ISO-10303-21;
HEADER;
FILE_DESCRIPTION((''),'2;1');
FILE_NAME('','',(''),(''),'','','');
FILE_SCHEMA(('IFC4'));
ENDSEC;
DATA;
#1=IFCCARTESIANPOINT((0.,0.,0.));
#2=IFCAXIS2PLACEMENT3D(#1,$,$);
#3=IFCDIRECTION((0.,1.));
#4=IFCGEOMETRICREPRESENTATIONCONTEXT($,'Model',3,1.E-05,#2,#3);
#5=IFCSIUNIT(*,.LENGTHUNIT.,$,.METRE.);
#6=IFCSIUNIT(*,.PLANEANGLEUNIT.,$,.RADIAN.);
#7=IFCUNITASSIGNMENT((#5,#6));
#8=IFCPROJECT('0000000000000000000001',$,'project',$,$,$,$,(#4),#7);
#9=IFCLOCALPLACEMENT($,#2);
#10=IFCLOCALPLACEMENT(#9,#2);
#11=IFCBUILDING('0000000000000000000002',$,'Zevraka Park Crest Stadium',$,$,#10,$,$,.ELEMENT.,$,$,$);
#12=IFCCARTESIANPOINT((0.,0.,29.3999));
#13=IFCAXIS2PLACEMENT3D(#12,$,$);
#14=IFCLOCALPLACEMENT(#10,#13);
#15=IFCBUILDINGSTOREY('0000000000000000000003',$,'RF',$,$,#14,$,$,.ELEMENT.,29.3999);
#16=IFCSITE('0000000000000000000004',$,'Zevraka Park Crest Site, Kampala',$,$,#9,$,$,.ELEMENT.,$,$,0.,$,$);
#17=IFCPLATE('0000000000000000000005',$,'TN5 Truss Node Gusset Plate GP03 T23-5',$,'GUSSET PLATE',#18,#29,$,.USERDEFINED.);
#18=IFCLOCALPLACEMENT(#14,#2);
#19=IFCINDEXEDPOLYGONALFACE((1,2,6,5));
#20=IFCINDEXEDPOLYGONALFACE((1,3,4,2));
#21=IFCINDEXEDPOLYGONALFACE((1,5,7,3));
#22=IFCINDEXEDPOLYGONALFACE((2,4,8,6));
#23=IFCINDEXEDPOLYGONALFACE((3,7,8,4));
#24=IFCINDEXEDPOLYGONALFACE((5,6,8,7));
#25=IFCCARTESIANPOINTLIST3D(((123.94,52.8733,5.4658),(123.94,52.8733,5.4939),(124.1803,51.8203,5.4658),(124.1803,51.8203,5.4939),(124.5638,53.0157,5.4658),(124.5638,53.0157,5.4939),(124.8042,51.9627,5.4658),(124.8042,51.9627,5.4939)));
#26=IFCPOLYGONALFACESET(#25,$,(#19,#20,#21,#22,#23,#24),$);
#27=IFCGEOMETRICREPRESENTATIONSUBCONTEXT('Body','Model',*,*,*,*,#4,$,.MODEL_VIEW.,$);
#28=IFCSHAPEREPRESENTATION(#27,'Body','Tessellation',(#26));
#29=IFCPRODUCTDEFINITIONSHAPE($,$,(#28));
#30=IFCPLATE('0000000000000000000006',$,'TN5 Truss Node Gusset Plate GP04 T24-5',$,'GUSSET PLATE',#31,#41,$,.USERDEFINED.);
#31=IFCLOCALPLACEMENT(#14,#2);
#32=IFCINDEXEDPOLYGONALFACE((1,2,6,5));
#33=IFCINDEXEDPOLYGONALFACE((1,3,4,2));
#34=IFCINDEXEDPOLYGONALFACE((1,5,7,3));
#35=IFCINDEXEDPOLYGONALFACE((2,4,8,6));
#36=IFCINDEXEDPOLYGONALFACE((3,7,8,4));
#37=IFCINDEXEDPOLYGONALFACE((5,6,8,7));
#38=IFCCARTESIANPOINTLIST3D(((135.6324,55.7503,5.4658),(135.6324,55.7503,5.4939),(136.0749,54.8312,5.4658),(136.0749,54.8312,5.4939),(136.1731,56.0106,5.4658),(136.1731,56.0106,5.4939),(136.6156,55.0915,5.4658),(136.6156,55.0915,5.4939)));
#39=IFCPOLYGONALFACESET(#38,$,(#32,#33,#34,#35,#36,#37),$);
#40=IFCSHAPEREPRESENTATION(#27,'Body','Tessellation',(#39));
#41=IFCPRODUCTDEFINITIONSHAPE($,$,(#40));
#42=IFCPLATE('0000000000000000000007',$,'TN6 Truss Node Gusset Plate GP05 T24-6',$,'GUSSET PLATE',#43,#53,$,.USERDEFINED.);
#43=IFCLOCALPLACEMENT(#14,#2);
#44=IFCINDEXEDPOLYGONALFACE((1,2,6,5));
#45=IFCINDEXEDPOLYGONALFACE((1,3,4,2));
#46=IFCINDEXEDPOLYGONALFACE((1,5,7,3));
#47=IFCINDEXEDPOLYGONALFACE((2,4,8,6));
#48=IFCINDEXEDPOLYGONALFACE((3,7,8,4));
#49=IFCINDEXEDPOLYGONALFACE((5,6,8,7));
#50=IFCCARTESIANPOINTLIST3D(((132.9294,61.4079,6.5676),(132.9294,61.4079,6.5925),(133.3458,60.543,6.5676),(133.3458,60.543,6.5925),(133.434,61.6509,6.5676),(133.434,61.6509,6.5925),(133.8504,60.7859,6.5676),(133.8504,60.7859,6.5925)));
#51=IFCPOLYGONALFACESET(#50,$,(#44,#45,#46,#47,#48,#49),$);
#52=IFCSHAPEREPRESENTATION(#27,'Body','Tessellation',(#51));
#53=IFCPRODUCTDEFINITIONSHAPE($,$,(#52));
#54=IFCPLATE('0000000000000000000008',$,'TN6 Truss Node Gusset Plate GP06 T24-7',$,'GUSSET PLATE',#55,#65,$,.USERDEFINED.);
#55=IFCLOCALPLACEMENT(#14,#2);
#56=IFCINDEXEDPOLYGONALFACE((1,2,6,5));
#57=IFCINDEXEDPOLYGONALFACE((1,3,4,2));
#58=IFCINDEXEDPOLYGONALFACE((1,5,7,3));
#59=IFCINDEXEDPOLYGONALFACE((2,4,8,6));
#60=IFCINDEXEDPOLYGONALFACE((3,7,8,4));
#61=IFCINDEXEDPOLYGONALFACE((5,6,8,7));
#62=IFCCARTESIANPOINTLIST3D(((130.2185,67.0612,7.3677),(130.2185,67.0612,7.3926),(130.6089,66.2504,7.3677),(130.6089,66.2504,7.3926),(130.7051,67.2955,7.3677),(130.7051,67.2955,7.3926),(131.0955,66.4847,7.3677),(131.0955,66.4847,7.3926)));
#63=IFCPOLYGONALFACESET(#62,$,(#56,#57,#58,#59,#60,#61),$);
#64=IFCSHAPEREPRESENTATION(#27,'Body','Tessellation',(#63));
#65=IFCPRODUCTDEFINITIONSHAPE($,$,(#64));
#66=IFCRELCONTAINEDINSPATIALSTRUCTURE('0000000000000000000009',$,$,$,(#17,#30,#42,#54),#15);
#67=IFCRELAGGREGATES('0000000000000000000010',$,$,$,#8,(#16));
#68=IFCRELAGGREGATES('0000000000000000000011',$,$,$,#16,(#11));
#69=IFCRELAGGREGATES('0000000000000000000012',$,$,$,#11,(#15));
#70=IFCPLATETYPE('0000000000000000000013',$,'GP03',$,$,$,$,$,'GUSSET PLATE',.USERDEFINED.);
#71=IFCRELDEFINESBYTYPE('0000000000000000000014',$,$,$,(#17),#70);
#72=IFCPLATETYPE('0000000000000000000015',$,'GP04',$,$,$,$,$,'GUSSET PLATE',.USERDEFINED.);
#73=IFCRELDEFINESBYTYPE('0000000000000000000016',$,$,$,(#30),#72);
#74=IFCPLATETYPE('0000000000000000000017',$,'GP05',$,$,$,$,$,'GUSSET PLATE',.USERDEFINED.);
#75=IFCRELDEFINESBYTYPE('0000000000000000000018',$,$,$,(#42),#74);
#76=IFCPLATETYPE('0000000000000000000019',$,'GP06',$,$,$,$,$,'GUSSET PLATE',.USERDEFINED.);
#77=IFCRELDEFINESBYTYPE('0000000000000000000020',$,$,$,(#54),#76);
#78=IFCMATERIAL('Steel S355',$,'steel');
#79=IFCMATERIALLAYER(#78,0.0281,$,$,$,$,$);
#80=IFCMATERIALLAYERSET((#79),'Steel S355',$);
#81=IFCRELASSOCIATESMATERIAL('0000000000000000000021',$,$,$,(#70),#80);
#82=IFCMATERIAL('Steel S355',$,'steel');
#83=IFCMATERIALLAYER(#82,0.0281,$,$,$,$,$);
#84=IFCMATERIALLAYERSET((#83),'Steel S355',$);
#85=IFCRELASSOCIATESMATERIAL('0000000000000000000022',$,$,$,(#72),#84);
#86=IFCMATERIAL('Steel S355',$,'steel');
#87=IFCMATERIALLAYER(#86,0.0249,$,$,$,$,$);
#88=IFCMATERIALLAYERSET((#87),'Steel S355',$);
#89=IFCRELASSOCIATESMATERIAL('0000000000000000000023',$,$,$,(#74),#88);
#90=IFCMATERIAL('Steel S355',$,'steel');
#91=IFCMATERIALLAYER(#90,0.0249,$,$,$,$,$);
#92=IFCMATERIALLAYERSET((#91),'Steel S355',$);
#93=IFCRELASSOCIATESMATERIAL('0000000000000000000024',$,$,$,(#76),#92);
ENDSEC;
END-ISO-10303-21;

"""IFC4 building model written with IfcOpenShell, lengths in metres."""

from ifc_helpers import new_model, si_unit, direction, frame, origin, origin_2d, place, context, subcontext, project, spatial, rectangle, extrude, material, layer, layer_set, type_object, element, save


model = new_model("IFC4")

# Units and contexts
model_context = context("Model", 3, precision=1e-05, world=origin(), true_north=direction((0.0, 1.0)))
body_context = subcontext(model_context, "Body", "Model", "MODEL_VIEW")
ifc_project = project(units=[si_unit("LENGTHUNIT", "METRE"), si_unit("PLANEANGLEUNIT", "RADIAN")], contexts=[model_context])

# Site, building, storey
site_placement = place(None, origin())
site = spatial("IfcSite", under=ifc_project, at=site_placement, Name="Zevraka Park Crest Site, Kampala", CompositionType="ELEMENT", RefElevation=0.0)
building_placement = place(site_placement, origin())
building = spatial("IfcBuilding", under=site, at=building_placement, Name="Zevraka Park Crest Stadium", CompositionType="ELEMENT")
storey_placement = place(building_placement, frame((0.0, 0.0, 29.3999)))
storey = spatial("IfcBuildingStorey", under=building, at=storey_placement, Name="RF", CompositionType="ELEMENT", Elevation=29.3999)

# Plates
ifc_material_1 = material(Name="Steel S355", Category="steel")
ifc_layer_1 = layer(ifc_material_1, 0.0281)
ifc_layer_set_1 = layer_set([ifc_layer_1], Name="Steel S355")
plate_type_1 = type_object("IfcPlateType", Name="GP03", ElementType="GUSSET PLATE", PredefinedType="USERDEFINED", material=ifc_layer_set_1)
plate_1_placement = place(storey_placement, frame((124.3721, 52.418, 5.4658), z_axis=(0.0, 0.0, 1.0), x_axis=(-0.22257, 0.974917, 0.0)))
element("IfcPlate", 1, at=plate_1_placement, inside=storey, type_object=plate_type_1, Name="TN5 Truss Node Gusset Plate GP03 T23-5", ObjectType="GUSSET PLATE", PredefinedType="USERDEFINED", context=body_context, shape_type="SweptSolid", body=[
    extrude(rectangle(XDim=1.0801, YDim=0.6399, at=origin_2d()), origin(), (0.0, 0.0, 1.0), 0.0281),
])
ifc_material_2 = material(Name="Steel S355", Category="steel")
ifc_layer_2 = layer(ifc_material_2, 0.0281)
ifc_layer_set_2 = layer_set([ifc_layer_2], Name="Steel S355")
plate_type_2 = type_object("IfcPlateType", Name="GP04", ElementType="GUSSET PLATE", PredefinedType="USERDEFINED", material=ifc_layer_set_2)
plate_2_placement = place(storey_placement, frame((136.124, 55.4209, 5.4658), z_axis=(0.0, 0.0, 1.0), x_axis=(-0.433816, 0.901001, 0.0)))
element("IfcPlate", 2, at=plate_2_placement, inside=storey, type_object=plate_type_2, Name="TN5 Truss Node Gusset Plate GP04 T24-5", ObjectType="GUSSET PLATE", PredefinedType="USERDEFINED", context=body_context, shape_type="SweptSolid", body=[
    extrude(rectangle(XDim=1.02, YDim=0.6001, at=origin_2d()), origin(), (0.0, 0.0, 1.0), 0.0281),
])
ifc_material_3 = material(Name="Steel S355", Category="steel")
ifc_layer_3 = layer(ifc_material_3, 0.0249)
ifc_layer_set_3 = layer_set([ifc_layer_3], Name="Steel S355")
plate_type_3 = type_object("IfcPlateType", Name="GP05", ElementType="GUSSET PLATE", PredefinedType="USERDEFINED", material=ifc_layer_set_3)
plate_3_placement = place(storey_placement, frame((133.3899, 61.0969, 6.5676), z_axis=(0.0, 0.0, 1.0), x_axis=(-0.433816, 0.901001, 0.0)))
element("IfcPlate", 3, at=plate_3_placement, inside=storey, type_object=plate_type_3, Name="TN6 Truss Node Gusset Plate GP05 T24-6", ObjectType="GUSSET PLATE", PredefinedType="USERDEFINED", context=body_context, shape_type="SweptSolid", body=[
    extrude(rectangle(XDim=0.96, YDim=0.5601, at=origin_2d()), origin(), (0.0, 0.0, 1.0), 0.0249),
])
ifc_material_4 = material(Name="Steel S355", Category="steel")
ifc_layer_4 = layer(ifc_material_4, 0.0249)
ifc_layer_set_4 = layer_set([ifc_layer_4], Name="Steel S355")
plate_type_4 = type_object("IfcPlateType", Name="GP06", ElementType="GUSSET PLATE", PredefinedType="USERDEFINED", material=ifc_layer_set_4)
plate_4_placement = place(storey_placement, frame((130.657, 66.7729, 7.3677), z_axis=(0.0, 0.0, 1.0), x_axis=(-0.433816, 0.901001, 0.0)))
element("IfcPlate", 4, at=plate_4_placement, inside=storey, type_object=plate_type_4, Name="TN6 Truss Node Gusset Plate GP06 T24-7", ObjectType="GUSSET PLATE", PredefinedType="USERDEFINED", context=body_context, shape_type="SweptSolid", body=[
    extrude(rectangle(XDim=0.8999, YDim=0.54, at=origin_2d()), origin(), (0.0, 0.0, 1.0), 0.0249),
])

save(model, "model.ifc")
